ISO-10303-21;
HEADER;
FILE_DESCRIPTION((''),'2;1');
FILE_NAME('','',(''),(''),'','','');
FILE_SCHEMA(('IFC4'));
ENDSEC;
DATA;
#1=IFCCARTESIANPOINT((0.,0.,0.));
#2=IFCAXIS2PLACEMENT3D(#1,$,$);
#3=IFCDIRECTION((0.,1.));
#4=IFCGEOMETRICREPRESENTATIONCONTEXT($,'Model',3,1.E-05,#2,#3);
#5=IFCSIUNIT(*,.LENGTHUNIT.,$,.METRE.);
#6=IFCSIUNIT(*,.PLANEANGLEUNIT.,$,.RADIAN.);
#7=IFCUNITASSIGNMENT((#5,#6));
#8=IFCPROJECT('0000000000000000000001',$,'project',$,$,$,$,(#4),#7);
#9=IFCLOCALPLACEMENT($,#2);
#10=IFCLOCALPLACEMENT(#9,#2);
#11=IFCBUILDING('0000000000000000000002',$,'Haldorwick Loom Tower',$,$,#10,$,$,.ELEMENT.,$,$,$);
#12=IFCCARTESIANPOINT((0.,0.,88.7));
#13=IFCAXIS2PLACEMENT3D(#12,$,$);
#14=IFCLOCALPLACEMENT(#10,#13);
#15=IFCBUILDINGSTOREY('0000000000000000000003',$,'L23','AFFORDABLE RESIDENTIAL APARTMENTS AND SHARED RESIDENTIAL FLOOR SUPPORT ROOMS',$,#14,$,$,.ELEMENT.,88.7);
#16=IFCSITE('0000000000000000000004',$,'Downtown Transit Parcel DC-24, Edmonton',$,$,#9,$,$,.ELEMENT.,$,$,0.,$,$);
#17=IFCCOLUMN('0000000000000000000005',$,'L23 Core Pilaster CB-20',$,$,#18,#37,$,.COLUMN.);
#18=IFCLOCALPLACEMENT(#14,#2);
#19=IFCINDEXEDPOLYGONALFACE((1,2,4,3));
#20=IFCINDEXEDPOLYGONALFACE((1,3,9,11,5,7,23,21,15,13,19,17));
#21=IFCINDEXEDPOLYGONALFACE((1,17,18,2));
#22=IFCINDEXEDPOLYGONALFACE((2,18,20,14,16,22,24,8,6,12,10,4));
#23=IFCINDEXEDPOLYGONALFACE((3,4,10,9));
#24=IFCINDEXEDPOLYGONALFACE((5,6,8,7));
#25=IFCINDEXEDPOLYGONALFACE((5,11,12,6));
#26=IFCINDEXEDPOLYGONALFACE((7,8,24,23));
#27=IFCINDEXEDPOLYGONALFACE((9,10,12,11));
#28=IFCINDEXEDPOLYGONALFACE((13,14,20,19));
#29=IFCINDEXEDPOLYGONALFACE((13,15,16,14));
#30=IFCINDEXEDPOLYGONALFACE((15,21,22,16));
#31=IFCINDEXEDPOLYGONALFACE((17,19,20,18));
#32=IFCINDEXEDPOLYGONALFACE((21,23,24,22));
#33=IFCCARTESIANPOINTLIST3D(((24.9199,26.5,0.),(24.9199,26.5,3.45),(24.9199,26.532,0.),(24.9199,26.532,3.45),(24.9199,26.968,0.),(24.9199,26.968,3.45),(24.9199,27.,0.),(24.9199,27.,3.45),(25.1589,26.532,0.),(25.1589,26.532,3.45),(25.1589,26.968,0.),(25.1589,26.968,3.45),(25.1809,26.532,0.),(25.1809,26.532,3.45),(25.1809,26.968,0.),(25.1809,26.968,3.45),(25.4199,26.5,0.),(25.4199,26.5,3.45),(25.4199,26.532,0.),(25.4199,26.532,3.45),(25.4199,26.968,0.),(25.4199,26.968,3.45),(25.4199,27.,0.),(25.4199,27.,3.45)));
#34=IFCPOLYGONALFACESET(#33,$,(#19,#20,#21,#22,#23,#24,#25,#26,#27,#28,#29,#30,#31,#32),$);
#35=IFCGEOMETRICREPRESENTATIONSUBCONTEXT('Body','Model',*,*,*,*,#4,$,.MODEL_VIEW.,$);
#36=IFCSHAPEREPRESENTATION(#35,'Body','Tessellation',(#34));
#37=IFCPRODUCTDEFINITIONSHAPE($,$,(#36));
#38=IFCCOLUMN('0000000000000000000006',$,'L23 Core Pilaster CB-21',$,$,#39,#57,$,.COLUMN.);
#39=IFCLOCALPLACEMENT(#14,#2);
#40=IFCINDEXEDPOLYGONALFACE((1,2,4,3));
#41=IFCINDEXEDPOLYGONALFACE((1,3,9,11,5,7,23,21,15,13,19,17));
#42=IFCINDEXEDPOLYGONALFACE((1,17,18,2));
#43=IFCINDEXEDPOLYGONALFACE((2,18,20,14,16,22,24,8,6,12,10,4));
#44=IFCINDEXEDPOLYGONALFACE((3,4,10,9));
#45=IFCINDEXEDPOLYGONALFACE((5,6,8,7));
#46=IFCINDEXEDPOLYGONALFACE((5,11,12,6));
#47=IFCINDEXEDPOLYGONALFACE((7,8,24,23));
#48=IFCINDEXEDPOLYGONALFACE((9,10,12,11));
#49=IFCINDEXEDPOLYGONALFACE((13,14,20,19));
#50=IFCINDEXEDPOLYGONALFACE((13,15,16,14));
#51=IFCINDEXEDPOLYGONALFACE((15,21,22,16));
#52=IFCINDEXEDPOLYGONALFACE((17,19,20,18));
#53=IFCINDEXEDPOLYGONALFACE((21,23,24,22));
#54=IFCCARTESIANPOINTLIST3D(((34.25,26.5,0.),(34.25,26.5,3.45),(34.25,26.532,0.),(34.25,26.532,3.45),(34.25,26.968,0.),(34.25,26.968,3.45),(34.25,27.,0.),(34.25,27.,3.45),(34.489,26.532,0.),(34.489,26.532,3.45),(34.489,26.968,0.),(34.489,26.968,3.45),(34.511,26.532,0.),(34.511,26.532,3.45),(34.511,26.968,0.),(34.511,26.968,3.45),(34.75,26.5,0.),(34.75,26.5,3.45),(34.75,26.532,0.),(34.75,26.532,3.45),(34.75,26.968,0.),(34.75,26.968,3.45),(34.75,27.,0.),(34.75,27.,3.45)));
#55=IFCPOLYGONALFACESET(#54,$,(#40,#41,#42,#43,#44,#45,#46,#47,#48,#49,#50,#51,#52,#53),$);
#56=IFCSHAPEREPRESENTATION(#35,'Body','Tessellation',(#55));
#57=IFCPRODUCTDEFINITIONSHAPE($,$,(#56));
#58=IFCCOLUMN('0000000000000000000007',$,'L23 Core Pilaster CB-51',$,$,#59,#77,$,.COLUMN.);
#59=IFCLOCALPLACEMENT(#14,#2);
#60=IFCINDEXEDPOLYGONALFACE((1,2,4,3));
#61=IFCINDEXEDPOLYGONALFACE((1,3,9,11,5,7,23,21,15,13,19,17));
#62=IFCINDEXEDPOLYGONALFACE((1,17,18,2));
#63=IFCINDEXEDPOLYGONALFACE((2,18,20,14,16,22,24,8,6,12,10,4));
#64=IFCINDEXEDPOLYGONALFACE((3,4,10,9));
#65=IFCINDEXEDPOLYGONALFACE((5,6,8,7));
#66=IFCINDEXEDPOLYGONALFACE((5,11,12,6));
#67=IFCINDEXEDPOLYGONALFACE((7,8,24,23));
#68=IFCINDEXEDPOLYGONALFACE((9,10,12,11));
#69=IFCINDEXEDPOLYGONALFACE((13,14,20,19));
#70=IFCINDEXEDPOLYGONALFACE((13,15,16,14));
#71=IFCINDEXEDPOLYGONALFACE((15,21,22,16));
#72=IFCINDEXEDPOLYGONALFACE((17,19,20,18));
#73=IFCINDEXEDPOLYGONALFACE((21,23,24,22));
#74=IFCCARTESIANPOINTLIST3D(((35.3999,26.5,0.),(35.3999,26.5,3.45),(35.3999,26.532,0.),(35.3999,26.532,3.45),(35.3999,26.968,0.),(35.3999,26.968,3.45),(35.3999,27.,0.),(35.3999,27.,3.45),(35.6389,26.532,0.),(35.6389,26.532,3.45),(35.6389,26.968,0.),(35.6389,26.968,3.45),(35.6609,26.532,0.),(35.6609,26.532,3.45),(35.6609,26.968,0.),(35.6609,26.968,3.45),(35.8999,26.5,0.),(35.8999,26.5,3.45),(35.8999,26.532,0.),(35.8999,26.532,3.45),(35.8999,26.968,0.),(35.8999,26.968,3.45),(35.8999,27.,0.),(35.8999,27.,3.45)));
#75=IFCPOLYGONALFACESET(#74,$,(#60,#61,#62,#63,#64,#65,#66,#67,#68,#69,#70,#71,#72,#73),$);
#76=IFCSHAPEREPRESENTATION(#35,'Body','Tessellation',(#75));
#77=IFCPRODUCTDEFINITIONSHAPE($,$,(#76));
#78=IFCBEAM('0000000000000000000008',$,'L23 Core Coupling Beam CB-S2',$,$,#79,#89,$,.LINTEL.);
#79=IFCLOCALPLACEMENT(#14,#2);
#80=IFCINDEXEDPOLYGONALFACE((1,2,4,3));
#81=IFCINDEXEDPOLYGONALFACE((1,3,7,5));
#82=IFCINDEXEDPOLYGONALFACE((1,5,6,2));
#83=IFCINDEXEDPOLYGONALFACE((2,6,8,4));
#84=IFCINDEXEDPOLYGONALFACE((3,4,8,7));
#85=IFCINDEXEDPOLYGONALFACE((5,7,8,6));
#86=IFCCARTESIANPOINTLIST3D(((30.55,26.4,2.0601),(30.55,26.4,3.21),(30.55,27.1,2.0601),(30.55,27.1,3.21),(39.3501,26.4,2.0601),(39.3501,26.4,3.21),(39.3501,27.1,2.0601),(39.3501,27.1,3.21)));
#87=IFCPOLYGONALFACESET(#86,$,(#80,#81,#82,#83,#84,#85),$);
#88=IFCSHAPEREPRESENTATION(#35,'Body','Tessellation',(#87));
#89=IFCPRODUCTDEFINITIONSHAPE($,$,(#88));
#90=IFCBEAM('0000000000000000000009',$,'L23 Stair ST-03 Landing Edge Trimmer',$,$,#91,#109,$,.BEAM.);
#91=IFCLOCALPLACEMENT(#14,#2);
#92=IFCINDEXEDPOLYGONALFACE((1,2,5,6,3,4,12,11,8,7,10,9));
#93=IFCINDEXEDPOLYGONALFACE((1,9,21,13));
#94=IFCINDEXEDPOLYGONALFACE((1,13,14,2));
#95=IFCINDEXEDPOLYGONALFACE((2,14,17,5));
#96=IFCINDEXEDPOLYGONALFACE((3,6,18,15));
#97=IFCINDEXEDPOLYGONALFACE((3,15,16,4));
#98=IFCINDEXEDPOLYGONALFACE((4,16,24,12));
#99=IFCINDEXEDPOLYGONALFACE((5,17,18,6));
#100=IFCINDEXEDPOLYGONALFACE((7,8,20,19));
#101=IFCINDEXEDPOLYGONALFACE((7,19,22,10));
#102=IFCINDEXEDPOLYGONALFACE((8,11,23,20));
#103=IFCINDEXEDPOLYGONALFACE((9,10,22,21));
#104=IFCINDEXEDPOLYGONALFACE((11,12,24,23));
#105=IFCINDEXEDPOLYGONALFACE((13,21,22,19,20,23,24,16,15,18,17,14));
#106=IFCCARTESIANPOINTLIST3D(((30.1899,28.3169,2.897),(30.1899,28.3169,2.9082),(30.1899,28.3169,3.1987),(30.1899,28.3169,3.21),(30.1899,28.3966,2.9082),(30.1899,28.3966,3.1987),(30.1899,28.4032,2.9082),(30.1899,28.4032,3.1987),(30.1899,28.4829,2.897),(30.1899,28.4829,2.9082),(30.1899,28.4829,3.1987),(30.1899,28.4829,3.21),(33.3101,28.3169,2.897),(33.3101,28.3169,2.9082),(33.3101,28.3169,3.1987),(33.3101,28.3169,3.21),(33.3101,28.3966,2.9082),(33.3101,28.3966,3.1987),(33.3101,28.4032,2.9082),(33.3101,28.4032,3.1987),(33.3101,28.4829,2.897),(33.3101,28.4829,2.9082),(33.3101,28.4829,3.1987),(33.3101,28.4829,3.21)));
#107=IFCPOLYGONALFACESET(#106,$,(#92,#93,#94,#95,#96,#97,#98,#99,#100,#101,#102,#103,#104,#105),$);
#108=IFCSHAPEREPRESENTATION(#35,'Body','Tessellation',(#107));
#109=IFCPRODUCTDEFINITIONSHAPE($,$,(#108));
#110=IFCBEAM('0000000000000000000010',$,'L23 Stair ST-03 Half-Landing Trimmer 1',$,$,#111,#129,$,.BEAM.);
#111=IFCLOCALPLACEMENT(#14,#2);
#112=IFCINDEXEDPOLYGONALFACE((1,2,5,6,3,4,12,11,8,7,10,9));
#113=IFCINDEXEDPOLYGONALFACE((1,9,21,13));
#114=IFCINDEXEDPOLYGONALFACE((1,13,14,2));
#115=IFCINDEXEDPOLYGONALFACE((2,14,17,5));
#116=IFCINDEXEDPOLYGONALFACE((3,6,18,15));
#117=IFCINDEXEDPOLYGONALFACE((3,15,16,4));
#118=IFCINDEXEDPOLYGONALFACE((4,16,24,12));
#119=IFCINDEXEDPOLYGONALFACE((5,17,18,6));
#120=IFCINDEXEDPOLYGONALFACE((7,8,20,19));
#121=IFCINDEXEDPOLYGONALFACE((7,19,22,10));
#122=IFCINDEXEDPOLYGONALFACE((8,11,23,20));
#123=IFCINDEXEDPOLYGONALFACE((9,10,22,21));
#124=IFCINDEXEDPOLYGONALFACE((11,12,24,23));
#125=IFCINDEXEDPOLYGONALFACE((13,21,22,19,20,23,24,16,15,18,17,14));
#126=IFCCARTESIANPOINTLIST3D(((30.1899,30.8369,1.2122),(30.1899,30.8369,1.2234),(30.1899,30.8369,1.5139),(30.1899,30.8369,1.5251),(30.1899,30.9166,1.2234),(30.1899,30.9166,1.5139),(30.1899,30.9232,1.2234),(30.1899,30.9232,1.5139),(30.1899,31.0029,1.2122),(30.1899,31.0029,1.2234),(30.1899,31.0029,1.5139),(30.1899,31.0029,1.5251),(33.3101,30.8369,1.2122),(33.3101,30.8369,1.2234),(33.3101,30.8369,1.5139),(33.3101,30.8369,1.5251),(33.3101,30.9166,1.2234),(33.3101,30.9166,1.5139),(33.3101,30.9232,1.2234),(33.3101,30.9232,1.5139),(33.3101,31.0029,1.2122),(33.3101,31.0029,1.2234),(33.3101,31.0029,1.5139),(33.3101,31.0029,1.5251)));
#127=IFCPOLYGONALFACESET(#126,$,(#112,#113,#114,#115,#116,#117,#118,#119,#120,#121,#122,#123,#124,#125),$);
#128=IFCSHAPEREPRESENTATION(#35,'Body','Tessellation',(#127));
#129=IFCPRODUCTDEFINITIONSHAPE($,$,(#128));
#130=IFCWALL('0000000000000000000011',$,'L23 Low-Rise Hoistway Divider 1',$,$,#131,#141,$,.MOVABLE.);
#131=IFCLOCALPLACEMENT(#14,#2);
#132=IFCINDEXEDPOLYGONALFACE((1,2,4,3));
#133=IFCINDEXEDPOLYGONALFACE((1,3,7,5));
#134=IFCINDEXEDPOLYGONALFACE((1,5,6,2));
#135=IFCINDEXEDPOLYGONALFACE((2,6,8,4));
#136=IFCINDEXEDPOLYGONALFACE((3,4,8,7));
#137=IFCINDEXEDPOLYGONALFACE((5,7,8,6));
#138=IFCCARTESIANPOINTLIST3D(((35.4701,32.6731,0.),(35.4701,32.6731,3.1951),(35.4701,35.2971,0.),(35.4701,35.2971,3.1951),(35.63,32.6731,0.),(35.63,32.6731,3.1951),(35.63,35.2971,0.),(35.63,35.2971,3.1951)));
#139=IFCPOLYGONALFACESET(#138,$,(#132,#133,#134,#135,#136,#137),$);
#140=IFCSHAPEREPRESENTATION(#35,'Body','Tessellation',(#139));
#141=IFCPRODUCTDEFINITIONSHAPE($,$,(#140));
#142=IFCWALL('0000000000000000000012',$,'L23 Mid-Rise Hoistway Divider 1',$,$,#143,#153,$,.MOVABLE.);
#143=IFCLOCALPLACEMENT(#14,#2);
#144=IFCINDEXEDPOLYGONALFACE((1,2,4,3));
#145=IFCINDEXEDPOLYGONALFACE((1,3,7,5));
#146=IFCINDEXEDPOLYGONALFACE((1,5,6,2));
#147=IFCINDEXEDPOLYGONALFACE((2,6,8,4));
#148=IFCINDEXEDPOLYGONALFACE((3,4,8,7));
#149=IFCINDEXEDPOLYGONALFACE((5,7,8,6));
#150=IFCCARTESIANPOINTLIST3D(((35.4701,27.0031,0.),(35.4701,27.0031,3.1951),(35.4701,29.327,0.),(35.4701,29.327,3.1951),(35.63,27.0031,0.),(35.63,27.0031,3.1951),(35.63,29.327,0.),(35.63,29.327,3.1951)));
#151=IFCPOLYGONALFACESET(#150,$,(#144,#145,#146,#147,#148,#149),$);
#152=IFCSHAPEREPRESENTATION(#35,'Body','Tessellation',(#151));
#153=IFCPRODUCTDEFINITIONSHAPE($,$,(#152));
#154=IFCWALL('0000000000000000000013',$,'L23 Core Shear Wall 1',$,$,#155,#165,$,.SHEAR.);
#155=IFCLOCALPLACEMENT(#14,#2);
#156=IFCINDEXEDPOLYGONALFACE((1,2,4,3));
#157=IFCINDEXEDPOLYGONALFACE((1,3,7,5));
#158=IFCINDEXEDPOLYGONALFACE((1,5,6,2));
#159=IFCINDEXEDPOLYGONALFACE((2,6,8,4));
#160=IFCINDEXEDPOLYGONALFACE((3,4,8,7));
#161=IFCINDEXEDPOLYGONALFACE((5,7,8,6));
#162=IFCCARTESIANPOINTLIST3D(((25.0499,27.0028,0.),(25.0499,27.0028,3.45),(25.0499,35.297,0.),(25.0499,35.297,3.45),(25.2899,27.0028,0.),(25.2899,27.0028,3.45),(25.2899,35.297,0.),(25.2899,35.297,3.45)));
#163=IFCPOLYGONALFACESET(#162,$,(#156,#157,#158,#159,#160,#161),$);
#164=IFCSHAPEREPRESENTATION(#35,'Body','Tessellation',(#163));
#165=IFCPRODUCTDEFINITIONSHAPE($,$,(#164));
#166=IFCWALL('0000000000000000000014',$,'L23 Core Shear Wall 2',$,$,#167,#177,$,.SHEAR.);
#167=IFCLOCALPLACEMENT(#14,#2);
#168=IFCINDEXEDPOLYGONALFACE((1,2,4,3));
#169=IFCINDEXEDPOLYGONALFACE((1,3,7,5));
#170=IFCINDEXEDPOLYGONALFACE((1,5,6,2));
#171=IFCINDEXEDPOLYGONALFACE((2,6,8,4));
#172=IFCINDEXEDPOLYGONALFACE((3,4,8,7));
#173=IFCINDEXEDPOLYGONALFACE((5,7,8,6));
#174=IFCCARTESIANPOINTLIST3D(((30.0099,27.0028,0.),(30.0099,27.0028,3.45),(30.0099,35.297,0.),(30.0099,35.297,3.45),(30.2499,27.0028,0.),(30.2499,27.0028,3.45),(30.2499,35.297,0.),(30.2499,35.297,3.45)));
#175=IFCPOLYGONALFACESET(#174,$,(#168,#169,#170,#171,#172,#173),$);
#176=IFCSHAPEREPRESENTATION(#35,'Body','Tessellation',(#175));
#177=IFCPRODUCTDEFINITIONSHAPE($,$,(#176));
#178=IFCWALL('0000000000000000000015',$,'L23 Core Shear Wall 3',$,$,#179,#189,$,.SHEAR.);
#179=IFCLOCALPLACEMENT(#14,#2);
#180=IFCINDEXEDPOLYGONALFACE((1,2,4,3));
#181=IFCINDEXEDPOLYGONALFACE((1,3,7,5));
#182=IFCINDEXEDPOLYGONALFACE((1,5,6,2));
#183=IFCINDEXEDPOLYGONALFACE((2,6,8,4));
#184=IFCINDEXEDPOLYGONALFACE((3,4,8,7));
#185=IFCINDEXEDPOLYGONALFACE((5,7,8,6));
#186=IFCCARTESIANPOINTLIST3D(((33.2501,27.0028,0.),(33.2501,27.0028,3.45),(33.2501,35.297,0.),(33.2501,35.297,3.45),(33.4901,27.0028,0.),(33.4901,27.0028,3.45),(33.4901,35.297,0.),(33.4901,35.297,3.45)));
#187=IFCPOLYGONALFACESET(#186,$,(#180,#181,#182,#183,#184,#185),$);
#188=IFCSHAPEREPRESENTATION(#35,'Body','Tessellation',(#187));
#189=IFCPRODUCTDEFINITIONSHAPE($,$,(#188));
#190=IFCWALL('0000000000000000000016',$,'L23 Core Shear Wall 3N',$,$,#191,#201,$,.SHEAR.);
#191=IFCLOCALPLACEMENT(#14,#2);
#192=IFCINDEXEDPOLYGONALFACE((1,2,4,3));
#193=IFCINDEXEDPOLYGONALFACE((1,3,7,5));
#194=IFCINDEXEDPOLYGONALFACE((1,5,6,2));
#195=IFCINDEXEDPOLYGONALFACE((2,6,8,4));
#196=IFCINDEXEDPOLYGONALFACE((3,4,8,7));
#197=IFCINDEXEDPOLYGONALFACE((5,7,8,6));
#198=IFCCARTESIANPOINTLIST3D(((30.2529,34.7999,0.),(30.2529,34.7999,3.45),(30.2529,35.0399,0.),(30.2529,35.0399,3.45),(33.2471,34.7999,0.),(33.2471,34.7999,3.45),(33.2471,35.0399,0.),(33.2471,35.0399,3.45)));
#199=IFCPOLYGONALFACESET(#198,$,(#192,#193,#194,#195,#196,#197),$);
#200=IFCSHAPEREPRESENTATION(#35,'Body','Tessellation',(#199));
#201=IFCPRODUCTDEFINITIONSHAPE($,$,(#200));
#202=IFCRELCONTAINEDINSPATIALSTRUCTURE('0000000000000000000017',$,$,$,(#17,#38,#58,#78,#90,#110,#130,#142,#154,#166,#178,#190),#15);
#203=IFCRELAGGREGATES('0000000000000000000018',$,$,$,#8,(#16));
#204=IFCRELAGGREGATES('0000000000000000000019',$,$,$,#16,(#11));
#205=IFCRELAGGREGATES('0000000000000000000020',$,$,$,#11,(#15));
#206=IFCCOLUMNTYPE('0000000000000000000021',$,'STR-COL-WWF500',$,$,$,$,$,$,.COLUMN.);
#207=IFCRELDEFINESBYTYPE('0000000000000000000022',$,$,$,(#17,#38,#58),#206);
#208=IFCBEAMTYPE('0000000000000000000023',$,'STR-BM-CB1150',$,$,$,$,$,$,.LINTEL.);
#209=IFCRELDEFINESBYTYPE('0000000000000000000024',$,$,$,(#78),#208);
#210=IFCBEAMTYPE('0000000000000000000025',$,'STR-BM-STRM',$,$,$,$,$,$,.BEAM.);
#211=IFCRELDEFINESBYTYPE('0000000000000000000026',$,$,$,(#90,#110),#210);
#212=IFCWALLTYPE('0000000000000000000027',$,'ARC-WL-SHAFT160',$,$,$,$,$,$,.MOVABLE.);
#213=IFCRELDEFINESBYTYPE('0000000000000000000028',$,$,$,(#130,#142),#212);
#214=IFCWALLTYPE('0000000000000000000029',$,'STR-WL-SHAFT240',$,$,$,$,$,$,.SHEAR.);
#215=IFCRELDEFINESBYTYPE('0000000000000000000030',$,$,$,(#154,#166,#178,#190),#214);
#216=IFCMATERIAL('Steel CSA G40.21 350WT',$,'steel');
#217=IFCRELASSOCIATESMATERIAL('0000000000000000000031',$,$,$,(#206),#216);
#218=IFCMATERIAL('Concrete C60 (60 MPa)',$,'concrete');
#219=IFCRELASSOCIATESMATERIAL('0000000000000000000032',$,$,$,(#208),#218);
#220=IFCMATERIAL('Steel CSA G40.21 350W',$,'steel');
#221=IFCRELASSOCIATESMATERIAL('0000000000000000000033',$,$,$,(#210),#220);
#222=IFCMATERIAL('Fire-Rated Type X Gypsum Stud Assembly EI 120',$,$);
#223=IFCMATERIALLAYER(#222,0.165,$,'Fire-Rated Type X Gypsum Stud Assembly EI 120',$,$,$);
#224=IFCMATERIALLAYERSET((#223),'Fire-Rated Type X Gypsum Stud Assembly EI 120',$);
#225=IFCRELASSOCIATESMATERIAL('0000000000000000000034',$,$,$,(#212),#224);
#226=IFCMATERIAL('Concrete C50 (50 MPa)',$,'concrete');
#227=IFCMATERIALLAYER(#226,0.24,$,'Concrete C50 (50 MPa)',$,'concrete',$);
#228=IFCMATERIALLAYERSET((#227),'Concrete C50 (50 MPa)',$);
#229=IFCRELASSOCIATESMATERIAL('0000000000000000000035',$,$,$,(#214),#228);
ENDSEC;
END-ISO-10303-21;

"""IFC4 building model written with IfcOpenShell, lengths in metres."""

from ifc_helpers import new_model, si_unit, direction, frame, frame_2d, origin, origin_2d, place, context, subcontext, project, spatial, rectangle, i_section, extrude, material, layer, layer_set, material_profile, profile_set, type_object, element, save


model = new_model("IFC4")

# Units and contexts
model_context = context("Model", 3, precision=1e-05, world=origin(), true_north=direction((0.0, 1.0)))
body_context = subcontext(model_context, "Body", "Model", "MODEL_VIEW")
ifc_project = project(units=[si_unit("LENGTHUNIT", "METRE"), si_unit("PLANEANGLEUNIT", "RADIAN")], contexts=[model_context])

# Site, building, storey
site_placement = place(None, origin())
site = spatial("IfcSite", under=ifc_project, at=site_placement, Name="Downtown Transit Parcel DC-24, Edmonton", CompositionType="ELEMENT", RefElevation=0.0)
building_placement = place(site_placement, origin())
building = spatial("IfcBuilding", under=site, at=building_placement, Name="Haldorwick Loom Tower", CompositionType="ELEMENT")
storey_placement = place(building_placement, frame((0.0, 0.0, 88.7)))
storey = spatial("IfcBuildingStorey", under=building, at=storey_placement, Name="L23", Description="AFFORDABLE RESIDENTIAL APARTMENTS AND SHARED RESIDENTIAL FLOOR SUPPORT ROOMS", CompositionType="ELEMENT", Elevation=88.7)

# Columns
ifc_material_1 = material(Name="Steel CSA G40.21 350WT", Category="steel")
ifc_material_profile_1 = material_profile(ifc_material_1, i_section(OverallWidth=0.5, OverallDepth=0.5, WebThickness=0.022, FlangeThickness=0.032, at=origin_2d()), Name="WWF500X500", Category="steel")
ifc_profile_set_1 = profile_set([ifc_material_profile_1], Name="Steel CSA G40.21 350WT")
column_type = type_object("IfcColumnType", Name="STR-COL-WWF500", PredefinedType="COLUMN", material=ifc_profile_set_1)
for number, where, z_axis, x_axis, name in (
    (1, (25.1699, 26.75, 0.0), (0.0, 0.0, 1.0), (1.0, 0.0, 0.0), "L23 Core Pilaster CB-20"),
    (2, (34.5, 26.75, 0.0), (0.0, 0.0, 1.0), (1.0, 0.0, 0.0), "L23 Core Pilaster CB-21"),
    (3, (35.6499, 26.75, 0.0), (0.0, 0.0, 1.0), (1.0, 0.0, 0.0), "L23 Core Pilaster CB-51"),
):
    element("IfcColumn", number, at=place(storey_placement, frame(where, z_axis=z_axis, x_axis=x_axis)), inside=storey, type_object=column_type, Name=name, PredefinedType="COLUMN", context=body_context, shape_type="SweptSolid", body=[
        extrude(i_section(OverallWidth=0.5, OverallDepth=0.5, WebThickness=0.022, FlangeThickness=0.032, at=origin_2d()), origin(), (0.0, 0.0, 1.0), 3.45),
    ])

# Beams
ifc_material_2 = material(Name="Concrete C60 (60 MPa)", Category="concrete")
ifc_material_profile_2 = material_profile(ifc_material_2, rectangle(XDim=0.7, YDim=1.1499, at=origin_2d()), Name="RC700X1150", Category="concrete")
ifc_profile_set_2 = profile_set([ifc_material_profile_2], Name="Concrete C60 (60 MPa)")
beam_type_1 = type_object("IfcBeamType", Name="STR-BM-CB1150", PredefinedType="LINTEL", material=ifc_profile_set_2)
beam_placement = place(storey_placement, frame((30.55, 26.75, 2.635), z_axis=(1.0, 0.0, 0.0), x_axis=(0.0, 1.0, 0.0)))
element("IfcBeam", 4, at=beam_placement, inside=storey, type_object=beam_type_1, Name="L23 Core Coupling Beam CB-S2", PredefinedType="LINTEL", context=body_context, shape_type="SweptSolid", body=[
    extrude(rectangle(XDim=0.7, YDim=1.1499, at=origin_2d()), origin(), (0.0, 0.0, 1.0), 8.8),
])
ifc_material_3 = material(Name="Steel CSA G40.21 350W", Category="steel")
ifc_material_profile_3 = material_profile(ifc_material_3, i_section(OverallWidth=0.166, OverallDepth=0.313, WebThickness=0.0066, FlangeThickness=0.0112, at=origin_2d()), Name="W310X45", Category="steel")
ifc_profile_set_3 = profile_set([ifc_material_profile_3], Name="Steel CSA G40.21 350W")
beam_type_2 = type_object("IfcBeamType", Name="STR-BM-STRM", PredefinedType="BEAM", material=ifc_profile_set_3)
for number, where, z_axis, x_axis, name in (
    (5, (30.1899, 28.3999, 3.0535), (1.0, 0.0, 0.0), (0.0, 1.0, 0.0), "L23 Stair ST-03 Landing Edge Trimmer"),
    (6, (30.1899, 30.9199, 1.3687), (1.0, 0.0, 0.0), (0.0, 1.0, 0.0), "L23 Stair ST-03 Half-Landing Trimmer 1"),
):
    element("IfcBeam", number, at=place(storey_placement, frame(where, z_axis=z_axis, x_axis=x_axis)), inside=storey, type_object=beam_type_2, Name=name, PredefinedType="BEAM", context=body_context, shape_type="SweptSolid", body=[
        extrude(i_section(OverallWidth=0.166, OverallDepth=0.313, WebThickness=0.0066, FlangeThickness=0.0112, at=origin_2d()), origin(), (0.0, 0.0, 1.0), 3.1201),
    ])

# Walls
ifc_material_4 = material(Name="Fire-Rated Type X Gypsum Stud Assembly EI 120")
ifc_layer_1 = layer(ifc_material_4, 0.165, Name="Fire-Rated Type X Gypsum Stud Assembly EI 120")
ifc_layer_set_1 = layer_set([ifc_layer_1], Name="Fire-Rated Type X Gypsum Stud Assembly EI 120")
wall_type_1 = type_object("IfcWallType", Name="ARC-WL-SHAFT160", PredefinedType="MOVABLE", material=ifc_layer_set_1)
wall_1_placement = place(storey_placement, frame((35.55, 32.6731, 0.0), z_axis=(0.0, 0.0, 1.0), x_axis=(0.0, 1.0, 0.0)))
element("IfcWall", 7, at=wall_1_placement, inside=storey, type_object=wall_type_1, Name="L23 Low-Rise Hoistway Divider 1", PredefinedType="MOVABLE", context=body_context, shape_type="SweptSolid", body=[
    extrude(rectangle(XDim=2.624, YDim=0.1599, at=frame_2d((1.312, 0.0))), origin(), (0.0, 0.0, 1.0), 3.1951),
])
wall_2_placement = place(storey_placement, frame((35.55, 27.0029, 0.0), z_axis=(0.0, 0.0, 1.0), x_axis=(0.0, 1.0, 0.0)))
element("IfcWall", 8, at=wall_2_placement, inside=storey, type_object=wall_type_1, Name="L23 Mid-Rise Hoistway Divider 1", PredefinedType="MOVABLE", context=body_context, shape_type="SweptSolid", body=[
    extrude(rectangle(XDim=2.324, YDim=0.1599, at=frame_2d((1.1621, 0.0))), origin(), (0.0, 0.0, 1.0), 3.1951),
])
ifc_material_5 = material(Name="Concrete C50 (50 MPa)", Category="concrete")
ifc_layer_2 = layer(ifc_material_5, 0.24, Name="Concrete C50 (50 MPa)", Category="concrete")
ifc_layer_set_2 = layer_set([ifc_layer_2], Name="Concrete C50 (50 MPa)")
wall_type_2 = type_object("IfcWallType", Name="STR-WL-SHAFT240", PredefinedType="SHEAR", material=ifc_layer_set_2)
for number, where, z_axis, x_axis, name in (
    (9, (25.1699, 27.0029, 0.0), (0.0, 0.0, 1.0), (0.0, 1.0, 0.0), "L23 Core Shear Wall 1"),
    (10, (30.1299, 27.0029, 0.0), (0.0, 0.0, 1.0), (0.0, 1.0, 0.0), "L23 Core Shear Wall 2"),
    (11, (33.3701, 27.0029, 0.0), (0.0, 0.0, 1.0), (0.0, 1.0, 0.0), "L23 Core Shear Wall 3"),
):
    element("IfcWall", number, at=place(storey_placement, frame(where, z_axis=z_axis, x_axis=x_axis)), inside=storey, type_object=wall_type_2, Name=name, PredefinedType="SHEAR", context=body_context, shape_type="SweptSolid", body=[
        extrude(rectangle(XDim=8.2942, YDim=0.24, at=frame_2d((4.147, 0.0))), origin(), (0.0, 0.0, 1.0), 3.45),
    ])
wall_3_placement = place(storey_placement, frame((30.2529, 34.9199, 0.0), z_axis=(0.0, 0.0, 1.0), x_axis=(1.0, 0.0, 0.0)))
element("IfcWall", 12, at=wall_3_placement, inside=storey, type_object=wall_type_2, Name="L23 Core Shear Wall 3N", PredefinedType="SHEAR", context=body_context, shape_type="SweptSolid", body=[
    extrude(rectangle(XDim=2.9941, YDim=0.24, at=frame_2d((1.4971, 0.0))), origin(), (0.0, 0.0, 1.0), 3.45),
])

save(model, "model.ifc")
